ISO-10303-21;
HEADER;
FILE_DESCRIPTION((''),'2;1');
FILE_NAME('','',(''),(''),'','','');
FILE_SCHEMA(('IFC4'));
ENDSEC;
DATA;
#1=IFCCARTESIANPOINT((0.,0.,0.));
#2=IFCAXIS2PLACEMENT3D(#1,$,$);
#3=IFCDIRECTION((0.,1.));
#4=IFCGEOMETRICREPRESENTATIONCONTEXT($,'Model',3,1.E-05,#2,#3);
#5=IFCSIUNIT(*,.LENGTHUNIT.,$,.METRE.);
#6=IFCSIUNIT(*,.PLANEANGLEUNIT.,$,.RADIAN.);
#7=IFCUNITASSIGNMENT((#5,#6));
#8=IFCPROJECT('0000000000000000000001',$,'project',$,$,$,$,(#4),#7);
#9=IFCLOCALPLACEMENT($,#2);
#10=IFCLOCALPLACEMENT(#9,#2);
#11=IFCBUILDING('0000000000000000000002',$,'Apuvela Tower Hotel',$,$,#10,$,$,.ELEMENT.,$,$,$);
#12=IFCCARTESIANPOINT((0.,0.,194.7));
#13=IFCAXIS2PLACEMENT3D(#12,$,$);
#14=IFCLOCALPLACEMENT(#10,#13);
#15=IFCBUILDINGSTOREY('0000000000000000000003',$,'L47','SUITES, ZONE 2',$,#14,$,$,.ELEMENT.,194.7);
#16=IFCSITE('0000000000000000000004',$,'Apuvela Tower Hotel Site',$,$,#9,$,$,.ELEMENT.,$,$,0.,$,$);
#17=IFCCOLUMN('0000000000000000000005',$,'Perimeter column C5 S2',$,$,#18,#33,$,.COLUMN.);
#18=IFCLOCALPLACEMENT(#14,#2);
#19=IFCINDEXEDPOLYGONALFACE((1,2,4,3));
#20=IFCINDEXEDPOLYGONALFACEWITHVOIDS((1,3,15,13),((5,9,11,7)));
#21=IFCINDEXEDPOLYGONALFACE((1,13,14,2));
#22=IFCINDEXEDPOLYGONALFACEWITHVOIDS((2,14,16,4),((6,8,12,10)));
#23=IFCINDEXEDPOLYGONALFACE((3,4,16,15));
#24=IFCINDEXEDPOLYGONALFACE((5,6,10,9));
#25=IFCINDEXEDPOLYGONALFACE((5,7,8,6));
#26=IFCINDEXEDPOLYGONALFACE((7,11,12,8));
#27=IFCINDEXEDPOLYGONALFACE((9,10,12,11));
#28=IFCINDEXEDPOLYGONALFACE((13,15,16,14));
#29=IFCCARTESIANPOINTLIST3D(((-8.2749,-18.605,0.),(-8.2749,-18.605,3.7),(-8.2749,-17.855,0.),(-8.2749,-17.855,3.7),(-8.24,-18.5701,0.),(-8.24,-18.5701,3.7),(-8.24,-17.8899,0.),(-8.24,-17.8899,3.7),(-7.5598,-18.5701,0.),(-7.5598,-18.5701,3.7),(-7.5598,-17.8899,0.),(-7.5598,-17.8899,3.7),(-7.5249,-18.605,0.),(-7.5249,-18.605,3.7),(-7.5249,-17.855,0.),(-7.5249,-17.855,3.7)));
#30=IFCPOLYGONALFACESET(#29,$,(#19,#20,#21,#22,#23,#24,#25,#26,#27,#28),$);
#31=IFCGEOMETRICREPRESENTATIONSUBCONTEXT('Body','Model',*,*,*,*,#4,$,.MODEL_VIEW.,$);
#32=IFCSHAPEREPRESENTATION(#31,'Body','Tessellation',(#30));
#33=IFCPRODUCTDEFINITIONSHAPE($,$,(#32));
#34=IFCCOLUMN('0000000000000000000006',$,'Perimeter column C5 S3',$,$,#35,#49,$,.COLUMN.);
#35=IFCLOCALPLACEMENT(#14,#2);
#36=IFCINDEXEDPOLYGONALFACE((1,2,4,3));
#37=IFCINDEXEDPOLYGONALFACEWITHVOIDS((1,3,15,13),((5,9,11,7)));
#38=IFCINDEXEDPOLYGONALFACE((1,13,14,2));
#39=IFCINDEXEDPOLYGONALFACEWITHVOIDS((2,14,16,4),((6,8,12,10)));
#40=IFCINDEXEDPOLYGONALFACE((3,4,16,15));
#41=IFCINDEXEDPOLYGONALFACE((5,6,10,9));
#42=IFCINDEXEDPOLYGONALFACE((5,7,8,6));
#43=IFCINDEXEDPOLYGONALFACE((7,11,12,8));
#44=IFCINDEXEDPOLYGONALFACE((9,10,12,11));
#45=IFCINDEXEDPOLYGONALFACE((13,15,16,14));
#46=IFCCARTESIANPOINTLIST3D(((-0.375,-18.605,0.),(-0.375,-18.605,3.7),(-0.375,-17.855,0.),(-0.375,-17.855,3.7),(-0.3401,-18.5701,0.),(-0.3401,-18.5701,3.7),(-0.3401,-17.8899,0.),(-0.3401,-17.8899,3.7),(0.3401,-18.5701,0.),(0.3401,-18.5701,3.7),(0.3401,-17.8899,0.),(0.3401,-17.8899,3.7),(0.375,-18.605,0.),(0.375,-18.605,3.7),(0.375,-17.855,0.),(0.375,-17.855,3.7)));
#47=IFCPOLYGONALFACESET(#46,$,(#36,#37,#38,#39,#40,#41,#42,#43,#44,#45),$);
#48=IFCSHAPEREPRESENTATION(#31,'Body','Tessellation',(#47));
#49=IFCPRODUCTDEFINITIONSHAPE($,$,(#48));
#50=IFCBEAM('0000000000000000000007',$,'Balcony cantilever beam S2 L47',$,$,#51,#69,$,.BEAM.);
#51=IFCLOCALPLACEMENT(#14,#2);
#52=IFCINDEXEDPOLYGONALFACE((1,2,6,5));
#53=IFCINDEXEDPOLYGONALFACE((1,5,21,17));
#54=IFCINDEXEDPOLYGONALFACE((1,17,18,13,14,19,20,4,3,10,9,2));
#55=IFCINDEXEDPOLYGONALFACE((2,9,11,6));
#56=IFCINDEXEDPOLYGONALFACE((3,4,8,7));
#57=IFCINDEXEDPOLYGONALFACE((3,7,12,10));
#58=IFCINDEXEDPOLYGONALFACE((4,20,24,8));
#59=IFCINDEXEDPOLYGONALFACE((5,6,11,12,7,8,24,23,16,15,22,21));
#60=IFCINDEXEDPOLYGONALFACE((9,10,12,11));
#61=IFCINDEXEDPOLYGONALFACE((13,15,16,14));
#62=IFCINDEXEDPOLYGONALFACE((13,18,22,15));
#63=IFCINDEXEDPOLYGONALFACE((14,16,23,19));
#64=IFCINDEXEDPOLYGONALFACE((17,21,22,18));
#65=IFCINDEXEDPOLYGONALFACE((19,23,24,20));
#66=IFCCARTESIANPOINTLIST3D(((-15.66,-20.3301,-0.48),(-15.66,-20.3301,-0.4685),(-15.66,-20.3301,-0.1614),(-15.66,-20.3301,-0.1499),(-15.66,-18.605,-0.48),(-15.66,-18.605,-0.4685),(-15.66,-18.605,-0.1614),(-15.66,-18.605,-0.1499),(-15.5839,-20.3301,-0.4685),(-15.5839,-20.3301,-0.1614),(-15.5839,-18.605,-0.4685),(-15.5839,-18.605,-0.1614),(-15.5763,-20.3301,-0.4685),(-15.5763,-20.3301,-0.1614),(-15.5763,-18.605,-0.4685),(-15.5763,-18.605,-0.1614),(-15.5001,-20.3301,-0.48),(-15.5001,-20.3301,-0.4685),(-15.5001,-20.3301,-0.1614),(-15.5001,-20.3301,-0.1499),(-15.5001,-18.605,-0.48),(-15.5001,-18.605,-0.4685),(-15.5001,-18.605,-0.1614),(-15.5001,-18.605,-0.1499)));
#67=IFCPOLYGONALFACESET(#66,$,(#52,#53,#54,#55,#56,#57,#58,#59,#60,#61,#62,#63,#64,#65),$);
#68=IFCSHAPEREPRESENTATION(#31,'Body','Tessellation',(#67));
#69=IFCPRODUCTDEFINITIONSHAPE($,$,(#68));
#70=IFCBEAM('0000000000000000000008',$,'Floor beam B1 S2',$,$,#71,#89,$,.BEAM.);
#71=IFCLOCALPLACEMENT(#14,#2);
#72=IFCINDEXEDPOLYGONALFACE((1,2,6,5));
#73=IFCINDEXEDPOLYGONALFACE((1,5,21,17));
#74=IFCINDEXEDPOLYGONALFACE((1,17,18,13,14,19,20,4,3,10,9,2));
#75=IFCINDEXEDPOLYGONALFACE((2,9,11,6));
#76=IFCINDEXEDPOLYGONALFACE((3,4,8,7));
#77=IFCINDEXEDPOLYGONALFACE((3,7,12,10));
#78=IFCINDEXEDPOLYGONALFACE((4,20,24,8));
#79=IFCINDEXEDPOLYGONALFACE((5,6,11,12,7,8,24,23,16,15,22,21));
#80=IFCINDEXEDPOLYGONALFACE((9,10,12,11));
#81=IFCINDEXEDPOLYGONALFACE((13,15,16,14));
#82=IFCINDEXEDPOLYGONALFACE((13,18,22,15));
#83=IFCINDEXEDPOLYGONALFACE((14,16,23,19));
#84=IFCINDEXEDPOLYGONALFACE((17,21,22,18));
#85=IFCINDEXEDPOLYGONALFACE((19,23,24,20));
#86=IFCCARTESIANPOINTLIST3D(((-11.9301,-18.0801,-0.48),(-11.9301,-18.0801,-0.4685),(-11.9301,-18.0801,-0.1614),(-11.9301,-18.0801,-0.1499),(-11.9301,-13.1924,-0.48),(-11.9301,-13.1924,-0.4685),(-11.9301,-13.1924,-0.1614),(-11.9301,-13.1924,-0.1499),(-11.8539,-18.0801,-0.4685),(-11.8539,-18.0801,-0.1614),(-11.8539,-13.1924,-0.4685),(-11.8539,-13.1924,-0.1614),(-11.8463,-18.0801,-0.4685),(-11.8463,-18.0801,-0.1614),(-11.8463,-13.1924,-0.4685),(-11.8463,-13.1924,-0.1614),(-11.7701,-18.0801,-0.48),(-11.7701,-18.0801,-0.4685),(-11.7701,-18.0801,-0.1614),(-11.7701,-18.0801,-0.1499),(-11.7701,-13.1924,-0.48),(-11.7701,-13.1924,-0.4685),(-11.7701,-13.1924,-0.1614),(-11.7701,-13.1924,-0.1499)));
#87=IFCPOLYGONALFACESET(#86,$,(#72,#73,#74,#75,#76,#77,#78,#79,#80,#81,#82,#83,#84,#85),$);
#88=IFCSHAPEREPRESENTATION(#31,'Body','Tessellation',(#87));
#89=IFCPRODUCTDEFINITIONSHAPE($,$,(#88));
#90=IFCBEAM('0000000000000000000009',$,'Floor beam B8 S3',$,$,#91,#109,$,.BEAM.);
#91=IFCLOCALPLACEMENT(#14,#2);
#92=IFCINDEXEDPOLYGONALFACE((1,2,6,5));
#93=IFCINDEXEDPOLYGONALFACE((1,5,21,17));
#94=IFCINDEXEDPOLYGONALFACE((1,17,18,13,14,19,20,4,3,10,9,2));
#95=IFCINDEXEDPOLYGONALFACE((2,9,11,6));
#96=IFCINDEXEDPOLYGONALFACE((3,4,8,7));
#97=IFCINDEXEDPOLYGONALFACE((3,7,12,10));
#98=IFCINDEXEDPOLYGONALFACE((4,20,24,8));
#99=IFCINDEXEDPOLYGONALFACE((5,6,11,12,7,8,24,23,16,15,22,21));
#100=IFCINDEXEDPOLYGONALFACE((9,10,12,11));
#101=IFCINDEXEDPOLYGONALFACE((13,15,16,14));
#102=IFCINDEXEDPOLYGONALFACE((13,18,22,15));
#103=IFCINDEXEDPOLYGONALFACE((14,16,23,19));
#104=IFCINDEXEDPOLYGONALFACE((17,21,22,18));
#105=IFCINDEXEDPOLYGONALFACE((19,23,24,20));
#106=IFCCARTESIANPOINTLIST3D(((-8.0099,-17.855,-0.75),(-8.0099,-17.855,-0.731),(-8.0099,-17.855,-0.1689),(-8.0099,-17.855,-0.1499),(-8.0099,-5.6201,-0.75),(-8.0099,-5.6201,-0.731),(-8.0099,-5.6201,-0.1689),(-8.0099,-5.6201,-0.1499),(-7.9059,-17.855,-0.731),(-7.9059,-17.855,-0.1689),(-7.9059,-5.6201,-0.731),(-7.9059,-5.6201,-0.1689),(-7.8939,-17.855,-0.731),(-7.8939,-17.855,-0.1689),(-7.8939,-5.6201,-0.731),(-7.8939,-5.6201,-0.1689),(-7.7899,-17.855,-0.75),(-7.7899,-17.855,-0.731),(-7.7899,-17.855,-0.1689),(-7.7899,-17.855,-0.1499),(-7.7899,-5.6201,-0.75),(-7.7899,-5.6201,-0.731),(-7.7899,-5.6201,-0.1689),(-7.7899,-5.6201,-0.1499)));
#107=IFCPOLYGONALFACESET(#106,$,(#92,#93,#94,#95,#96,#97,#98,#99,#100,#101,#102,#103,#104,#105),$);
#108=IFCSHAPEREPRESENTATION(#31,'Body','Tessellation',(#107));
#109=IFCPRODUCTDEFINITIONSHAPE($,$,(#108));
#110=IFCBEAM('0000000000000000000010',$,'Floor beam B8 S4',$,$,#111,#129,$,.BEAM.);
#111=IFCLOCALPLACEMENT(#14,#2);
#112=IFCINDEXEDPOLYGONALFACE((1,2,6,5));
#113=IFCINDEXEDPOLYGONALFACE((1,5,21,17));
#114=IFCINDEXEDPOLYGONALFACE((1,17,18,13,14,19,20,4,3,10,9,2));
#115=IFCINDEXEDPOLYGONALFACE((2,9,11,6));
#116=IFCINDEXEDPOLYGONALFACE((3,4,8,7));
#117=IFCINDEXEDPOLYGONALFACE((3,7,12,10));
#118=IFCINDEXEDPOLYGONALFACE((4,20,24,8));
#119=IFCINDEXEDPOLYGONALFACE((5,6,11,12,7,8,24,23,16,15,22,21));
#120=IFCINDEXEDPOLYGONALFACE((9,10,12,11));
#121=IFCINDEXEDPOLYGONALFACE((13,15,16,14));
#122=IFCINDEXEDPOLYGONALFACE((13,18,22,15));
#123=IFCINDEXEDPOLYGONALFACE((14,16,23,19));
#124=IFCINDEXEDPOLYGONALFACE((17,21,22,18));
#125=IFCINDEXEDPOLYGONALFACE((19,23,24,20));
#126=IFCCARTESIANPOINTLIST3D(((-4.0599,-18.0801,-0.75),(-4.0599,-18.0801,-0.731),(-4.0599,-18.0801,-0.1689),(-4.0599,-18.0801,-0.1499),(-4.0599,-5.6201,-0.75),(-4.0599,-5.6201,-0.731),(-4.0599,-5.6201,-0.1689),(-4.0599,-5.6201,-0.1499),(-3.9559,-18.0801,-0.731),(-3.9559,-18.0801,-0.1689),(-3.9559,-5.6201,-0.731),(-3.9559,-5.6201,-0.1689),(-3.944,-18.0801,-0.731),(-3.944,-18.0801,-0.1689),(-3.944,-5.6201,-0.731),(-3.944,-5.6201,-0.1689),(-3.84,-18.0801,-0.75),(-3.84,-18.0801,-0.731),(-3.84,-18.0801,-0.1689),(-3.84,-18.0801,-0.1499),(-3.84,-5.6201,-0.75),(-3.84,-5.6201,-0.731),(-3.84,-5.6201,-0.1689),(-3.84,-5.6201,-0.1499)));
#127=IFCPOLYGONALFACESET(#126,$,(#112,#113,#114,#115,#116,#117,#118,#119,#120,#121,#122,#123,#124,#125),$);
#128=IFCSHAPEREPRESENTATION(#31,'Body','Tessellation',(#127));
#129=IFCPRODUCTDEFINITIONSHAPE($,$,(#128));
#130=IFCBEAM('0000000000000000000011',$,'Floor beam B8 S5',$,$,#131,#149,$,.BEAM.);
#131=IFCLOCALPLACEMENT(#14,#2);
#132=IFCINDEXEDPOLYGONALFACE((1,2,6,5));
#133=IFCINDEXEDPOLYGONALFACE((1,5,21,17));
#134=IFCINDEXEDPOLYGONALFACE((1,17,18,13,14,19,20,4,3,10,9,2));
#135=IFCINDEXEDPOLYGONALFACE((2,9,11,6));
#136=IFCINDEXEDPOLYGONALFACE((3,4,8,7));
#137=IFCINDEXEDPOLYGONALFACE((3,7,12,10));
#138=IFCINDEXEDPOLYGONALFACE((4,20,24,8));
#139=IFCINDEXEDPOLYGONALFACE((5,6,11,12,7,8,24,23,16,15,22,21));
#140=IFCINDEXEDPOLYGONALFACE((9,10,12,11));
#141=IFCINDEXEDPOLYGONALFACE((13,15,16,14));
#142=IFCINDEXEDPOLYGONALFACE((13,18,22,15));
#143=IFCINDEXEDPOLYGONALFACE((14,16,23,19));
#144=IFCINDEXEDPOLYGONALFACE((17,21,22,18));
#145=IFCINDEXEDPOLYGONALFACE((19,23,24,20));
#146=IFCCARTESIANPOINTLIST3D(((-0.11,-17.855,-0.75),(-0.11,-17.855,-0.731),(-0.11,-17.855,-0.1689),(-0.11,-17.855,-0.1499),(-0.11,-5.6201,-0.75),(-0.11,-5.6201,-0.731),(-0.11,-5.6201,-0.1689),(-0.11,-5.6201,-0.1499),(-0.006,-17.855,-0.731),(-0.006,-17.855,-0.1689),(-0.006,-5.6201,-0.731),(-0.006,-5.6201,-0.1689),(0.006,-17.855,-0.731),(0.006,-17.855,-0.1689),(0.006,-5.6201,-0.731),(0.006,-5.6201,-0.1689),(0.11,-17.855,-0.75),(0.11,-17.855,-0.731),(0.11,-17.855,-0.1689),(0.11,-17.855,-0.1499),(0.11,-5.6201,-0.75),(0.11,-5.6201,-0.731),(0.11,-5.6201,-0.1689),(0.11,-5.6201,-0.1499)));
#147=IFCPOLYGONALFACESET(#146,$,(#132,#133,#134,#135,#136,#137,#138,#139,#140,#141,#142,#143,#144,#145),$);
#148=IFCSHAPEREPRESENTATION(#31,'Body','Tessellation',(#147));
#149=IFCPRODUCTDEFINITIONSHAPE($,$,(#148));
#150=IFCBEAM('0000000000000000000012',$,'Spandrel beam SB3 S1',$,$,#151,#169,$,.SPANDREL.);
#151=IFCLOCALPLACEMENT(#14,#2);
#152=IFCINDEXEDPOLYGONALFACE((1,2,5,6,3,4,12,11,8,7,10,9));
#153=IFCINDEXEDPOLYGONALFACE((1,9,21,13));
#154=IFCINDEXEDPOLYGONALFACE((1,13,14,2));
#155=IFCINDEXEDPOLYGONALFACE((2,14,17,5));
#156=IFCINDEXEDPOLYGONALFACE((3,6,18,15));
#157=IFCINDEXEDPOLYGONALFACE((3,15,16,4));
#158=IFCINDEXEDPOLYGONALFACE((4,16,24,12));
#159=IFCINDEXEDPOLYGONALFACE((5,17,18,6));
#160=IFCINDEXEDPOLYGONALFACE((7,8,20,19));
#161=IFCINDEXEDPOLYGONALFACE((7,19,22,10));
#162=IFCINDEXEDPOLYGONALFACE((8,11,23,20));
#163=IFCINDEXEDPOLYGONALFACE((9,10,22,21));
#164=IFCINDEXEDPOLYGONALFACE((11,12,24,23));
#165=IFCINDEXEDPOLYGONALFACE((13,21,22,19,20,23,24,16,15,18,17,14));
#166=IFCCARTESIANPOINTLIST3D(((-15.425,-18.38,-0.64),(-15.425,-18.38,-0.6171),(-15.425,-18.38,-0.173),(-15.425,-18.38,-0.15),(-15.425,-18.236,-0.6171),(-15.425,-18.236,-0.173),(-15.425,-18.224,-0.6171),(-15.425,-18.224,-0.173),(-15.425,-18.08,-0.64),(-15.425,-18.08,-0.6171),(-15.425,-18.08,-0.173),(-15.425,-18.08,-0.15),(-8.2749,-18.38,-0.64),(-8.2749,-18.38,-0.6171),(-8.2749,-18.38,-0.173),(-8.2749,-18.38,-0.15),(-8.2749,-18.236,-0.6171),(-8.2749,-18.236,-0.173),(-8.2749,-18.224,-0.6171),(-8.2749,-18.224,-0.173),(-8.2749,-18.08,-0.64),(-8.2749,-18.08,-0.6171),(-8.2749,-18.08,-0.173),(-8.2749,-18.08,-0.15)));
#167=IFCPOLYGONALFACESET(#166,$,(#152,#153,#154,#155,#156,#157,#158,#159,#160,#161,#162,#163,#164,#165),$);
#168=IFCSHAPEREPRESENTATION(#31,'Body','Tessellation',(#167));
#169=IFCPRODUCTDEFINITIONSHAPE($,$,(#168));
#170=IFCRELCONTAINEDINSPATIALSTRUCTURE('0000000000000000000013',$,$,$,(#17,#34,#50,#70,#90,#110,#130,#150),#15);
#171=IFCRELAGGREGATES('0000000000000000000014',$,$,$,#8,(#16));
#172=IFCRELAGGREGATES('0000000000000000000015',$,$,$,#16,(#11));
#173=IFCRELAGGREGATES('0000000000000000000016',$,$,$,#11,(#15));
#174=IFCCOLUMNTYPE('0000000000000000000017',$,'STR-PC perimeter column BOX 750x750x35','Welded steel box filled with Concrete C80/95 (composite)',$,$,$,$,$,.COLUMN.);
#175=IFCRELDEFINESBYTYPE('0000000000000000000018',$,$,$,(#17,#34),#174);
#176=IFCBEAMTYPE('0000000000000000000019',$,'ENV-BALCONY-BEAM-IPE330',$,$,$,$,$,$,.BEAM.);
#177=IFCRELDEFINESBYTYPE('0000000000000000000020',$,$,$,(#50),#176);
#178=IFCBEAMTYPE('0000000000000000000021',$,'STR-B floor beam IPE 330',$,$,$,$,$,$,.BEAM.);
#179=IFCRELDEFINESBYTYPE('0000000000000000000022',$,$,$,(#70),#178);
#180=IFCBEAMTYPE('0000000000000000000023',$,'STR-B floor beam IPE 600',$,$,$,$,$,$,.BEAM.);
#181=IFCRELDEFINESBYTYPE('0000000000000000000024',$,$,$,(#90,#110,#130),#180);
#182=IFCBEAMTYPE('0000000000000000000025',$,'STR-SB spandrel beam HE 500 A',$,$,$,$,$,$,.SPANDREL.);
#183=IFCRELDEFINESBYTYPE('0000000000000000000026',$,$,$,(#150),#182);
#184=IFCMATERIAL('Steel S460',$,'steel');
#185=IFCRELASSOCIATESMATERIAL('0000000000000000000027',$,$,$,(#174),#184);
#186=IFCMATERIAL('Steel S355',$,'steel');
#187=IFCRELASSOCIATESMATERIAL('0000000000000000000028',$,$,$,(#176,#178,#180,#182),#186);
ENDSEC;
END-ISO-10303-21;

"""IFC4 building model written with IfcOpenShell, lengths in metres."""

from ifc_helpers import new_model, si_unit, direction, frame, origin, origin_2d, place, context, subcontext, project, spatial, rectangle, hollow_rectangle, i_section, extrude, material, material_profile, profile_set, type_object, element, save


model = new_model("IFC4")

# Units and contexts
model_context = context("Model", 3, precision=1e-05, world=origin(), true_north=direction((0.0, 1.0)))
body_context = subcontext(model_context, "Body", "Model", "MODEL_VIEW")
ifc_project = project(units=[si_unit("LENGTHUNIT", "METRE"), si_unit("PLANEANGLEUNIT", "RADIAN")], contexts=[model_context])

# Site, building, storey
site_placement = place(None, origin())
site = spatial("IfcSite", under=ifc_project, at=site_placement, Name="Apuvela Tower Hotel Site", CompositionType="ELEMENT", RefElevation=0.0)
building_placement = place(site_placement, origin())
building = spatial("IfcBuilding", under=site, at=building_placement, Name="Apuvela Tower Hotel", CompositionType="ELEMENT")
storey_placement = place(building_placement, frame((0.0, 0.0, 194.7)))
storey = spatial("IfcBuildingStorey", under=building, at=storey_placement, Name="L47", Description="SUITES, ZONE 2", CompositionType="ELEMENT", Elevation=194.7)

# Columns
ifc_material_1 = material(Name="Steel S460", Category="steel")
ifc_material_profile_1 = material_profile(ifc_material_1, hollow_rectangle(XDim=0.75, YDim=0.75, WallThickness=0.0349, at=origin_2d()), Name="BOX 750x750x35")
ifc_material_2 = material(Name="Concrete C80/95", Category="concrete")
ifc_material_profile_2 = material_profile(ifc_material_2, rectangle(XDim=0.6799, YDim=0.6799, at=origin_2d()), Name="Concrete C80/95 infill")
ifc_profile_set_1 = profile_set([ifc_material_profile_1, ifc_material_profile_2], Name="Steel S460")
column_type = type_object("IfcColumnType", Name="STR-PC perimeter column BOX 750x750x35", Description="Welded steel box filled with Concrete C80/95 (composite)", PredefinedType="COLUMN", material=ifc_profile_set_1)
for number, where, z_axis, x_axis, name in (
    (1, (-7.8999, -18.23, 0.0), (0.0, 0.0, 1.0), (-1.0, 0.0, 0.0), "Perimeter column C5 S2"),
    (2, (0.0, -18.23, 0.0), (0.0, 0.0, 1.0), (-1.0, 0.0, 0.0), "Perimeter column C5 S3"),
):
    element("IfcColumn", number, at=place(storey_placement, frame(where, z_axis=z_axis, x_axis=x_axis)), inside=storey, type_object=column_type, Name=name, PredefinedType="COLUMN", context=body_context, shape_type="SweptSolid", body=[
        extrude(hollow_rectangle(XDim=0.75, YDim=0.75, WallThickness=0.0349, at=origin_2d()), origin(), (0.0, 0.0, 1.0), 3.7),
    ])

# Beams
ifc_material_3 = material(Name="Steel S355", Category="steel")
ifc_material_profile_3 = material_profile(ifc_material_3, i_section(OverallWidth=0.1599, OverallDepth=0.3301, WebThickness=0.0076, FlangeThickness=0.0115, at=origin_2d()), Name="IPE 330")
ifc_profile_set_2 = profile_set([ifc_material_profile_3], Name="Steel S355")
beam_type_1 = type_object("IfcBeamType", Name="ENV-BALCONY-BEAM-IPE330", PredefinedType="BEAM", material=ifc_profile_set_2)
beam_1_placement = place(storey_placement, frame((-15.5801, -18.605, -0.3149), z_axis=(0.0, -1.0, 0.0), x_axis=(1.0, 0.0, 0.0)))
element("IfcBeam", 3, at=beam_1_placement, inside=storey, type_object=beam_type_1, Name="Balcony cantilever beam S2 L47", PredefinedType="BEAM", context=body_context, shape_type="SweptSolid", body=[
    extrude(i_section(OverallWidth=0.1599, OverallDepth=0.3301, WebThickness=0.0076, FlangeThickness=0.0115, at=origin_2d()), origin(), (0.0, 0.0, 1.0), 1.7251),
])
ifc_material_profile_4 = material_profile(ifc_material_3, i_section(OverallWidth=0.1599, OverallDepth=0.3301, WebThickness=0.0076, FlangeThickness=0.0115, at=origin_2d()), Name="IPE 330")
ifc_profile_set_3 = profile_set([ifc_material_profile_4], Name="Steel S355")
beam_type_2 = type_object("IfcBeamType", Name="STR-B floor beam IPE 330", PredefinedType="BEAM", material=ifc_profile_set_3)
beam_2_placement = place(storey_placement, frame((-11.8501, -18.0801, -0.3149), z_axis=(0.0, 1.0, 0.0), x_axis=(-1.0, 0.0, 0.0)))
element("IfcBeam", 4, at=beam_2_placement, inside=storey, type_object=beam_type_2, Name="Floor beam B1 S2", PredefinedType="BEAM", context=body_context, shape_type="SweptSolid", body=[
    extrude(i_section(OverallWidth=0.1599, OverallDepth=0.3301, WebThickness=0.0076, FlangeThickness=0.0115, at=origin_2d()), origin(), (0.0, 0.0, 1.0), 4.8877),
])
ifc_material_profile_5 = material_profile(ifc_material_3, i_section(OverallWidth=0.22, OverallDepth=0.6001, WebThickness=0.012, FlangeThickness=0.019, at=origin_2d()), Name="IPE 600")
ifc_profile_set_4 = profile_set([ifc_material_profile_5], Name="Steel S355")
beam_type_3 = type_object("IfcBeamType", Name="STR-B floor beam IPE 600", PredefinedType="BEAM", material=ifc_profile_set_4)
beam_3_placement = place(storey_placement, frame((-7.8999, -17.855, -0.45), z_axis=(0.0, 1.0, 0.0), x_axis=(-1.0, 0.0, 0.0)))
element("IfcBeam", 5, at=beam_3_placement, inside=storey, type_object=beam_type_3, Name="Floor beam B8 S3", PredefinedType="BEAM", context=body_context, shape_type="SweptSolid", body=[
    extrude(i_section(OverallWidth=0.22, OverallDepth=0.6001, WebThickness=0.012, FlangeThickness=0.019, at=origin_2d()), origin(), (0.0, 0.0, 1.0), 12.2349),
])
beam_4_placement = place(storey_placement, frame((-3.95, -18.0801, -0.45), z_axis=(0.0, 1.0, 0.0), x_axis=(-1.0, 0.0, 0.0)))
element("IfcBeam", 6, at=beam_4_placement, inside=storey, type_object=beam_type_3, Name="Floor beam B8 S4", PredefinedType="BEAM", context=body_context, shape_type="SweptSolid", body=[
    extrude(i_section(OverallWidth=0.22, OverallDepth=0.6001, WebThickness=0.012, FlangeThickness=0.019, at=origin_2d()), origin(), (0.0, 0.0, 1.0), 12.46),
])
beam_5_placement = place(storey_placement, frame((0.0, -17.855, -0.45), z_axis=(0.0, 1.0, 0.0), x_axis=(-1.0, 0.0, 0.0)))
element("IfcBeam", 7, at=beam_5_placement, inside=storey, type_object=beam_type_3, Name="Floor beam B8 S5", PredefinedType="BEAM", context=body_context, shape_type="SweptSolid", body=[
    extrude(i_section(OverallWidth=0.22, OverallDepth=0.6001, WebThickness=0.012, FlangeThickness=0.019, at=origin_2d()), origin(), (0.0, 0.0, 1.0), 12.2349),
])
ifc_material_profile_6 = material_profile(ifc_material_3, i_section(OverallWidth=0.3, OverallDepth=0.49, WebThickness=0.012, FlangeThickness=0.0229, at=origin_2d()), Name="HE 500 A")
ifc_profile_set_5 = profile_set([ifc_material_profile_6], Name="Steel S355")
beam_type_4 = type_object("IfcBeamType", Name="STR-SB spandrel beam HE 500 A", PredefinedType="SPANDREL", material=ifc_profile_set_5)
beam_6_placement = place(storey_placement, frame((-15.425, -18.23, -0.395), z_axis=(1.0, 0.0, 0.0), x_axis=(0.0, 1.0, 0.0)))
element("IfcBeam", 8, at=beam_6_placement, inside=storey, type_object=beam_type_4, Name="Spandrel beam SB3 S1", PredefinedType="SPANDREL", context=body_context, shape_type="SweptSolid", body=[
    extrude(i_section(OverallWidth=0.3, OverallDepth=0.49, WebThickness=0.012, FlangeThickness=0.0229, at=origin_2d()), origin(), (0.0, 0.0, 1.0), 7.1501),
])

save(model, "model.ifc")
